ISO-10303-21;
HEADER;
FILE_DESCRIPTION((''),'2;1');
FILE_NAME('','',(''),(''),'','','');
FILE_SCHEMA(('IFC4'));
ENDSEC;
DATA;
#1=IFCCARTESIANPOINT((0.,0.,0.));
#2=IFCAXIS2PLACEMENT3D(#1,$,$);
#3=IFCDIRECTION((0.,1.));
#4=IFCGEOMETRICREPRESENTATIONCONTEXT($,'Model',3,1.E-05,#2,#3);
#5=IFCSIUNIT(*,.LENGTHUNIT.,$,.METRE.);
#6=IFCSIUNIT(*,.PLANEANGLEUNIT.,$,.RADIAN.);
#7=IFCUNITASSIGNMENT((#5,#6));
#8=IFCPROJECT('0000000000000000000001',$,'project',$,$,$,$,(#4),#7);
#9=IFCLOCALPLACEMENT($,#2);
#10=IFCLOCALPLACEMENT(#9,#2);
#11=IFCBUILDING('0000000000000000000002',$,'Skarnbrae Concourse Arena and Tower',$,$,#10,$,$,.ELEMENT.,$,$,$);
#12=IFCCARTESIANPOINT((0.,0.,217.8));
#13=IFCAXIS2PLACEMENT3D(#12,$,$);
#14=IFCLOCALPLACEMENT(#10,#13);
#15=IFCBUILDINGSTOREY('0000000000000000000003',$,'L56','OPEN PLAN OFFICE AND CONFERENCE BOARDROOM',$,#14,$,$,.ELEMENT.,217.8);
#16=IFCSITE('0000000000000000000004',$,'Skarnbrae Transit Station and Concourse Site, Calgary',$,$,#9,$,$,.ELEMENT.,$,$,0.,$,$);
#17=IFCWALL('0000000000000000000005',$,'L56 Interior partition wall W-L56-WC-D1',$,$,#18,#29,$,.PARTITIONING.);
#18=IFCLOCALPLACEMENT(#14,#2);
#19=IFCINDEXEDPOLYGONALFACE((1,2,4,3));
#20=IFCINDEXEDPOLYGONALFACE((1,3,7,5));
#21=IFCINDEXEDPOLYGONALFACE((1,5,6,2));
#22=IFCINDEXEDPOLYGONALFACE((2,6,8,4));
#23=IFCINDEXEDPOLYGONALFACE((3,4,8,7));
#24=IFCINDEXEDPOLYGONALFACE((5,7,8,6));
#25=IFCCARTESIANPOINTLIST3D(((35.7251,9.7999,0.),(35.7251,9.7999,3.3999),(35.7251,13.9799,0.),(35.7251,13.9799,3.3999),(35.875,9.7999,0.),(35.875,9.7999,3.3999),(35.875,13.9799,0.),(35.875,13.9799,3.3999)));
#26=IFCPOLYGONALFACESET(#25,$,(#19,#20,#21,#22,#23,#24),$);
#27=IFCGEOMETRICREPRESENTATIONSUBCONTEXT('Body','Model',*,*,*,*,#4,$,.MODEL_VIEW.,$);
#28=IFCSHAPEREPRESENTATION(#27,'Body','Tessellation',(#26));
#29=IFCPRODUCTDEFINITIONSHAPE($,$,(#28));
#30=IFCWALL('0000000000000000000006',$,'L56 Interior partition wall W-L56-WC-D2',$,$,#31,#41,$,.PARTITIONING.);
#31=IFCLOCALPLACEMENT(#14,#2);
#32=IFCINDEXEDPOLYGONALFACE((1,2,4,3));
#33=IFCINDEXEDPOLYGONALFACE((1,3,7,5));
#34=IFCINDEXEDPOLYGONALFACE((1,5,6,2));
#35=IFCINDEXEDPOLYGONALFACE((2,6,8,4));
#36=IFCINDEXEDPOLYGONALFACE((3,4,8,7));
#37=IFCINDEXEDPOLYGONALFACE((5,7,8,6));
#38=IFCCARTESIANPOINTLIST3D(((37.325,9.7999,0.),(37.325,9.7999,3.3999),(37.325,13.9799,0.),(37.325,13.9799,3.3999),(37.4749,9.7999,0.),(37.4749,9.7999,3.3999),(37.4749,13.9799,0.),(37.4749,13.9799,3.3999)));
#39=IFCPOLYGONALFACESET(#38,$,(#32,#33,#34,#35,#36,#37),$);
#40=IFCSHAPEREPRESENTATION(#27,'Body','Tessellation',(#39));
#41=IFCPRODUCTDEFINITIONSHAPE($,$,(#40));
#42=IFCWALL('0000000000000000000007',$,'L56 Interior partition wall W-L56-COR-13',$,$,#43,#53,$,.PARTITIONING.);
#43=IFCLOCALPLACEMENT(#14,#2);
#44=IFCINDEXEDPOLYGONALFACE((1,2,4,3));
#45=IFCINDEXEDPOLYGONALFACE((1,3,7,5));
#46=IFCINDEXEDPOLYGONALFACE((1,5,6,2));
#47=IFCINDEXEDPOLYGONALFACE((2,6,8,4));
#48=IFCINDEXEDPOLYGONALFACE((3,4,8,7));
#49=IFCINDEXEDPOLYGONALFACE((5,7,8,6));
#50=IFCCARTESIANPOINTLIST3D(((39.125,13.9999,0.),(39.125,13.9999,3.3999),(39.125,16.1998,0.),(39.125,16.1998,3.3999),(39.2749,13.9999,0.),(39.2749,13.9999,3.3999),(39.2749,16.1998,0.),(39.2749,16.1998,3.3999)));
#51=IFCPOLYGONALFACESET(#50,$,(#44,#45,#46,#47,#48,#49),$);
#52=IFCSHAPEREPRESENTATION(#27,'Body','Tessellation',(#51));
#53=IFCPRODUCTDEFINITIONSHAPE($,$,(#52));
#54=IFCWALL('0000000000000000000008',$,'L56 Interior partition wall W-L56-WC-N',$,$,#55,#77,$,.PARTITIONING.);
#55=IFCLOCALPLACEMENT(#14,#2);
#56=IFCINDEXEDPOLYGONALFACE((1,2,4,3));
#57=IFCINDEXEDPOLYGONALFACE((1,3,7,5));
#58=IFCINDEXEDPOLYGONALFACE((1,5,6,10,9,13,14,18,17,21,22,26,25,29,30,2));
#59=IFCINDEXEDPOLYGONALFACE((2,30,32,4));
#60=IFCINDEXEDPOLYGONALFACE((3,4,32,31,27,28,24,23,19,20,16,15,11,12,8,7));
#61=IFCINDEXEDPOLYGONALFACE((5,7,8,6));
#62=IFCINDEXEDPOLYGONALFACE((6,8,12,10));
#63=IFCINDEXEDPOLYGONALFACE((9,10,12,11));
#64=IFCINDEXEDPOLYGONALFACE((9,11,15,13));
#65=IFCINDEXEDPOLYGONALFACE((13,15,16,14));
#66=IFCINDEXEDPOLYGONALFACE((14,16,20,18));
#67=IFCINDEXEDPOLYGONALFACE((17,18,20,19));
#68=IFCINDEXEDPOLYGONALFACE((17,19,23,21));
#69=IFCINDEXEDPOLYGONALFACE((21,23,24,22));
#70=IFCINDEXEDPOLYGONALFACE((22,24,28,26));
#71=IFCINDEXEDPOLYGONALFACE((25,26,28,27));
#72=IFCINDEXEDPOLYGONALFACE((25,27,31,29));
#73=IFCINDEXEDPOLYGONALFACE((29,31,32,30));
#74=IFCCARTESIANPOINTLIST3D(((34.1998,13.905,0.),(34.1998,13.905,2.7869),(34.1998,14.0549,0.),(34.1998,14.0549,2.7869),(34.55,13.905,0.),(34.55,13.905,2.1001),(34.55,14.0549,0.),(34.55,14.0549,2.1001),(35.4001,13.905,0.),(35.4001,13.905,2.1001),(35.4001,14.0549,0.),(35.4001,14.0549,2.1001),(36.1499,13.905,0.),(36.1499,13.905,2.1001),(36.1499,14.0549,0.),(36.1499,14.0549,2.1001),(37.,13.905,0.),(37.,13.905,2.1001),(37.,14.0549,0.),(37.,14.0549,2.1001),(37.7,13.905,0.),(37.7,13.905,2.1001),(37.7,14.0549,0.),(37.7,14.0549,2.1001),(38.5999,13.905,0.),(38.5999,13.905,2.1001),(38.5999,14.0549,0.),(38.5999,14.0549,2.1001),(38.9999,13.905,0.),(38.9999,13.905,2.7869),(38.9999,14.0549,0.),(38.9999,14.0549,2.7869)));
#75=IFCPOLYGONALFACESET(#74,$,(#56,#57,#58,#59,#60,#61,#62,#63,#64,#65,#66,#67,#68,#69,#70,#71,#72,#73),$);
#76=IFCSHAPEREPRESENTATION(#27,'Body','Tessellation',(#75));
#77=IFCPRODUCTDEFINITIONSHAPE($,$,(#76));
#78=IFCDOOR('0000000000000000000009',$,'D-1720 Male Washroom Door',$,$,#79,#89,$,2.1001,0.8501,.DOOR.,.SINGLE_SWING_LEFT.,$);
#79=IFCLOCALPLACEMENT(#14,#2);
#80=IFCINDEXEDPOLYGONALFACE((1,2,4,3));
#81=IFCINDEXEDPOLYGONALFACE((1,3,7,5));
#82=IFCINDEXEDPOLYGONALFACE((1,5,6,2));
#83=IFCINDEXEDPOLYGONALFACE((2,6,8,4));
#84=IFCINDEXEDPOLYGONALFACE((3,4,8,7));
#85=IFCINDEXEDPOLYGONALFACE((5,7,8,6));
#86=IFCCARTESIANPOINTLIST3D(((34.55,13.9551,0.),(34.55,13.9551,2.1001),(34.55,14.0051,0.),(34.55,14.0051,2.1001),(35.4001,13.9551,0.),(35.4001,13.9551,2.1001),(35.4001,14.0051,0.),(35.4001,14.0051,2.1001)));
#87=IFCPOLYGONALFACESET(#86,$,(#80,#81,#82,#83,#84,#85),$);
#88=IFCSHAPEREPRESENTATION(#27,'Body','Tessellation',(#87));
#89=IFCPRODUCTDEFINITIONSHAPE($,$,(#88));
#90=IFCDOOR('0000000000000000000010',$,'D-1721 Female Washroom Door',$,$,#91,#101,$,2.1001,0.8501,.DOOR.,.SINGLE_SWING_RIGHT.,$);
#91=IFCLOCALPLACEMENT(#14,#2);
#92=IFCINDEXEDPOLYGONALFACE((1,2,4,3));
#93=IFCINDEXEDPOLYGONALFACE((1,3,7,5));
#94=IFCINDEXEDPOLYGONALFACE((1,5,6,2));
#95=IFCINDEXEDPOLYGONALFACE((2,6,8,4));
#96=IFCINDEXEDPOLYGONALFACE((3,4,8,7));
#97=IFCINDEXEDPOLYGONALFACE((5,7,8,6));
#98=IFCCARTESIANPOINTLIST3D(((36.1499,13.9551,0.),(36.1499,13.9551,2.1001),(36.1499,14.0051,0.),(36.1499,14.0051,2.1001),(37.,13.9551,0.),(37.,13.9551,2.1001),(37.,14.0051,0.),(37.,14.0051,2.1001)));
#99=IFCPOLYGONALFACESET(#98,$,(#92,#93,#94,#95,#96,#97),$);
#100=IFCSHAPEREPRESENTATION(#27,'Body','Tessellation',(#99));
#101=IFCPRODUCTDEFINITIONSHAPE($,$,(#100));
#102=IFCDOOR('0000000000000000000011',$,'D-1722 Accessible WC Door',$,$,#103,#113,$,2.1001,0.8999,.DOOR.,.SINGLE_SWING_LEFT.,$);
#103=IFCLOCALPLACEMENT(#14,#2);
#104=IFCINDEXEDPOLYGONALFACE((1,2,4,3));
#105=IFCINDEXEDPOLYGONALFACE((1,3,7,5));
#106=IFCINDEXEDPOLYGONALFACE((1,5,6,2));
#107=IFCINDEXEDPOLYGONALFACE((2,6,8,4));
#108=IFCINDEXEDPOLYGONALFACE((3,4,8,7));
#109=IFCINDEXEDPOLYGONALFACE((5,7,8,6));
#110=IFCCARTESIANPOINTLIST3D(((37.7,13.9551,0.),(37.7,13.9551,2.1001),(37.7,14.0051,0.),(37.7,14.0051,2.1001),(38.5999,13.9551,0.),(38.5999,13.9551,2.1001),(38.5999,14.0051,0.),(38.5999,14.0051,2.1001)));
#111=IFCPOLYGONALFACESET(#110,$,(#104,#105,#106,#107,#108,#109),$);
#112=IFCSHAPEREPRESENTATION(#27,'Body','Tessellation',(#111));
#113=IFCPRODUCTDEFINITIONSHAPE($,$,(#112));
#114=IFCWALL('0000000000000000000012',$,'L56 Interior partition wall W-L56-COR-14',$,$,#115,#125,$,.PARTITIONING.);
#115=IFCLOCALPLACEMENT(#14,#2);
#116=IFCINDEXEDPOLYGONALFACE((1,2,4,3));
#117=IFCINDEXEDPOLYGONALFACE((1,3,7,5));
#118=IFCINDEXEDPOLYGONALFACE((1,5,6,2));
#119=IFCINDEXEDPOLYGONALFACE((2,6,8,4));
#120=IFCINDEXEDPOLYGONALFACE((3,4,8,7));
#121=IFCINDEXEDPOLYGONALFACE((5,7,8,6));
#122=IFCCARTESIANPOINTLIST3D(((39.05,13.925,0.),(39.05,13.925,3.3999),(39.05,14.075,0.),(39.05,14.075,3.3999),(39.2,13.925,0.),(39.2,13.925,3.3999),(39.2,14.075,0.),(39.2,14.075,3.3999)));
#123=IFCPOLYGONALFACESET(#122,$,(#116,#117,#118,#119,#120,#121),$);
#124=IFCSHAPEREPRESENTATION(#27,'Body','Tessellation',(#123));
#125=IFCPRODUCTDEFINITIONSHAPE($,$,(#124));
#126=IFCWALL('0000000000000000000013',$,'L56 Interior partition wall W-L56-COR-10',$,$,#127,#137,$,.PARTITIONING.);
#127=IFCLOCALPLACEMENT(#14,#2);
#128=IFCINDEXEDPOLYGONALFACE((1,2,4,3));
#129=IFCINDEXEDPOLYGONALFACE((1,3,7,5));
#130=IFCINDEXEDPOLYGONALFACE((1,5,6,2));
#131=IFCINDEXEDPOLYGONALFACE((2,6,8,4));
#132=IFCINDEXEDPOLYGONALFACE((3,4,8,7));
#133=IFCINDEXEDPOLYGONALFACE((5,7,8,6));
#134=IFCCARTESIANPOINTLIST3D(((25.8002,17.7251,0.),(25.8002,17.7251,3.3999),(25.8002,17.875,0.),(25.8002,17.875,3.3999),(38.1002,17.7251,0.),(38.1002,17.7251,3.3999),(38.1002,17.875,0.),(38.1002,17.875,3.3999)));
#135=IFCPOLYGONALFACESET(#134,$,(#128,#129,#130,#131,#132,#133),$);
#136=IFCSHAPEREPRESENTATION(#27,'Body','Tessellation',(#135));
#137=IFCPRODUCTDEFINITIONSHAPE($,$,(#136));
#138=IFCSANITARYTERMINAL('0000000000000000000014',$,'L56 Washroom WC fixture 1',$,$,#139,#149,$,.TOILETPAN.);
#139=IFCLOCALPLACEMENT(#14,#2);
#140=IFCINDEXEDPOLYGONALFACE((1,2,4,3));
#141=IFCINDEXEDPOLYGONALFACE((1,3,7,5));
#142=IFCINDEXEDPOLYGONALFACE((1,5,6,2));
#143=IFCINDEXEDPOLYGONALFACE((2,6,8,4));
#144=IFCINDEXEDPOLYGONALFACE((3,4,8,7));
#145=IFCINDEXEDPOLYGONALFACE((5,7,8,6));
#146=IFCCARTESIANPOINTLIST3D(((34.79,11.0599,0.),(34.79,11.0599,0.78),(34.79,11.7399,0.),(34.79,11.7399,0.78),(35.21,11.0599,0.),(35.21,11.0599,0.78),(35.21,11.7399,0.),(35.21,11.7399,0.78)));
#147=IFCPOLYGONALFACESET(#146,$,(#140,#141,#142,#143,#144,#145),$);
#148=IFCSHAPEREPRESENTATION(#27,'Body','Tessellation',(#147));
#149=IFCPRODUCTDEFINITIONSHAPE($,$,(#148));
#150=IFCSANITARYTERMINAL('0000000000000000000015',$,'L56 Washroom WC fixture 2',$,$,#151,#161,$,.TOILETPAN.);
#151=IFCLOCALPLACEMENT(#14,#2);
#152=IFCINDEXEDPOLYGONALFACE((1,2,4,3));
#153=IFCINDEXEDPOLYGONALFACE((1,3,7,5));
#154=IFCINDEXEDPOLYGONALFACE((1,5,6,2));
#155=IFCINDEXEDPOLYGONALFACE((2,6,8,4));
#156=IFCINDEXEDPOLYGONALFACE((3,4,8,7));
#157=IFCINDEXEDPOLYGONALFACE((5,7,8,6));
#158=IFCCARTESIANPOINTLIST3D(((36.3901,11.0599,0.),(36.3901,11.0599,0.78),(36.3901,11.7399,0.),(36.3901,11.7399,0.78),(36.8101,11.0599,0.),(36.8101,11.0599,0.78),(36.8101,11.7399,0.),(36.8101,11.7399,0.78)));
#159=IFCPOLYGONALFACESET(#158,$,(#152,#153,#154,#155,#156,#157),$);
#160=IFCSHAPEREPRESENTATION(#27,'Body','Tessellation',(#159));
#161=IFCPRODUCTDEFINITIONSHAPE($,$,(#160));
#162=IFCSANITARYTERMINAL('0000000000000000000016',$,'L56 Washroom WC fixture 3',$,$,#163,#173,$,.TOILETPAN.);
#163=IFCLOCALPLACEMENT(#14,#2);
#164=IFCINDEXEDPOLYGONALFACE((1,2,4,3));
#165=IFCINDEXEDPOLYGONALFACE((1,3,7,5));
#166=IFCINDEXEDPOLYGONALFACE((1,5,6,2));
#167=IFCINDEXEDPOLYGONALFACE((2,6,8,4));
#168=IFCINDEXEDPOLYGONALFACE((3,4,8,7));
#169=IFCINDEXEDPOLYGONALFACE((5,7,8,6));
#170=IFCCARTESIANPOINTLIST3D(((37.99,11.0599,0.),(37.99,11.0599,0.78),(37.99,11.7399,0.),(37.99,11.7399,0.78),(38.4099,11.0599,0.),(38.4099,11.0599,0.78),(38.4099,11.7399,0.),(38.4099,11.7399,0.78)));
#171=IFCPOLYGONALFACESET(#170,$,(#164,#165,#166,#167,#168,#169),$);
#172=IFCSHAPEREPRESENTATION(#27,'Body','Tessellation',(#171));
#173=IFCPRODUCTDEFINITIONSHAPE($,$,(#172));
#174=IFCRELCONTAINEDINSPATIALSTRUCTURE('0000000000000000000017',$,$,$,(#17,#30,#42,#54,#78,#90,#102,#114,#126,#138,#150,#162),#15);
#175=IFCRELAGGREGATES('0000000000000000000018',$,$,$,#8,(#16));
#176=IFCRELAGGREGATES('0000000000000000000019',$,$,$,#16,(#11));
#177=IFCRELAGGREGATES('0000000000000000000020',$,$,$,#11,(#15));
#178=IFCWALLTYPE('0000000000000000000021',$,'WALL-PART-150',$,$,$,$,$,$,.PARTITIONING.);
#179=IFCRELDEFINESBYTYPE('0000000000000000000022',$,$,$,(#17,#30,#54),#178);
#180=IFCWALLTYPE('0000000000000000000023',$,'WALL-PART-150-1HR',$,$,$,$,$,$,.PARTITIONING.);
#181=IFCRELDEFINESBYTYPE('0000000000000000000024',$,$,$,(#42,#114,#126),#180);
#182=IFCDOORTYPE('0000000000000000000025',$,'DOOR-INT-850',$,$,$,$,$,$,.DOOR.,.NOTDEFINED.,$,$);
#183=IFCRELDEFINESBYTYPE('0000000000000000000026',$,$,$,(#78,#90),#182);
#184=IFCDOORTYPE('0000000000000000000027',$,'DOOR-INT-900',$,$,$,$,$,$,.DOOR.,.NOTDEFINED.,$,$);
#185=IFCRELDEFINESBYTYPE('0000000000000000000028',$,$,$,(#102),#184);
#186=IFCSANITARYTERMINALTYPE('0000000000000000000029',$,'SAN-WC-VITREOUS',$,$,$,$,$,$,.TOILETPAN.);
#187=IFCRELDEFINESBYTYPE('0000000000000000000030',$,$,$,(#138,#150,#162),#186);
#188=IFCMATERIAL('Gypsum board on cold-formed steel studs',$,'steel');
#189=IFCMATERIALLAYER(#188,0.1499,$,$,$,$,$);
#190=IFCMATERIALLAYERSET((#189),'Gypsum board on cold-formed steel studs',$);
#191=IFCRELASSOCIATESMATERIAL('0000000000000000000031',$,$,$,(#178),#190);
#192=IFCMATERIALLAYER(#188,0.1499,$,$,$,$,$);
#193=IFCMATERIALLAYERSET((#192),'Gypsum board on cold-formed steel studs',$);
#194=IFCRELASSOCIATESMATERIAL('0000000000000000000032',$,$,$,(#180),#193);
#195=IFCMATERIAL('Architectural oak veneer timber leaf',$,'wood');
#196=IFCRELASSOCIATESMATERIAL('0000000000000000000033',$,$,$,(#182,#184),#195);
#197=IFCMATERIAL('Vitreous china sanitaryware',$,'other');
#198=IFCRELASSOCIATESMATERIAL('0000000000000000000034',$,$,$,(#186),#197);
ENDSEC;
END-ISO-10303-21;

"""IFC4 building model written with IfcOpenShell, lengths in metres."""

from ifc_helpers import new_model, si_unit, direction, frame, frame_2d, origin, origin_2d, place, context, subcontext, project, spatial, rectangle, extrude, source, transform, mapped, material, layer, layer_set, type_object, element, fill, save


model = new_model("IFC4")

# Units and contexts
model_context = context("Model", 3, precision=1e-05, world=origin(), true_north=direction((0.0, 1.0)))
body_context = subcontext(model_context, "Body", "Model", "MODEL_VIEW")
ifc_project = project(units=[si_unit("LENGTHUNIT", "METRE"), si_unit("PLANEANGLEUNIT", "RADIAN")], contexts=[model_context])

# Site, building, storey
site_placement = place(None, origin())
site = spatial("IfcSite", under=ifc_project, at=site_placement, Name="Skarnbrae Transit Station and Concourse Site, Calgary", CompositionType="ELEMENT", RefElevation=0.0)
building_placement = place(site_placement, origin())
building = spatial("IfcBuilding", under=site, at=building_placement, Name="Skarnbrae Concourse Arena and Tower", CompositionType="ELEMENT")
storey_placement = place(building_placement, frame((0.0, 0.0, 217.8)))
storey = spatial("IfcBuildingStorey", under=building, at=storey_placement, Name="L56", Description="OPEN PLAN OFFICE AND CONFERENCE BOARDROOM", CompositionType="ELEMENT", Elevation=217.8)

# Walls
ifc_material_1 = material(Name="Gypsum board on cold-formed steel studs", Category="steel")
ifc_layer_1 = layer(ifc_material_1, 0.1499)
ifc_layer_set_1 = layer_set([ifc_layer_1], Name="Gypsum board on cold-formed steel studs")
wall_type_1 = type_object("IfcWallType", Name="WALL-PART-150", PredefinedType="PARTITIONING", material=ifc_layer_set_1)
shared_shape_1 = source(origin(), body_context, "Body", "SweptSolid", [
    extrude(rectangle(XDim=4.1799, YDim=0.1499, at=frame_2d((2.0898, 0.0))), origin(), (0.0, 0.0, 1.0), 3.3999),
])
for number, where, z_axis, x_axis, name in (
    (1, (35.8, 9.8, 0.0), (0.0, 0.0, 1.0), (0.0, 1.0, 0.0), "L56 Interior partition wall W-L56-WC-D1"),
    (2, (37.3999, 9.8, 0.0), (0.0, 0.0, 1.0), (0.0, 1.0, 0.0), "L56 Interior partition wall W-L56-WC-D2"),
):
    element("IfcWall", number, at=place(storey_placement, frame(where, z_axis=z_axis, x_axis=x_axis)), inside=storey, type_object=wall_type_1, Name=name, PredefinedType="PARTITIONING", context=body_context, shape_type="MappedRepresentation", body=[
        mapped(shared_shape_1, transform((0.0, 0.0, 0.0))),
    ])
ifc_layer_2 = layer(ifc_material_1, 0.1499)
ifc_layer_set_2 = layer_set([ifc_layer_2], Name="Gypsum board on cold-formed steel studs")
wall_type_2 = type_object("IfcWallType", Name="WALL-PART-150-1HR", PredefinedType="PARTITIONING", material=ifc_layer_set_2)
shared_shape_2 = source(origin(), body_context, "Body", "SweptSolid", [
    extrude(rectangle(XDim=2.2, YDim=0.1499, at=frame_2d((1.1001, 0.0))), origin(), (0.0, 0.0, 1.0), 3.3999),
])
wall_1_placement = place(storey_placement, frame((39.2, 16.2, 0.0), z_axis=(0.0, 0.0, 1.0), x_axis=(0.0, -1.0, 0.0)))
element("IfcWall", 3, at=wall_1_placement, inside=storey, type_object=wall_type_2, Name="L56 Interior partition wall W-L56-COR-13", PredefinedType="PARTITIONING", context=body_context, shape_type="MappedRepresentation", body=[
    mapped(shared_shape_2, transform((0.0, 0.0, 0.0))),
])

# Wall, openings, doors
shared_shape_3 = source(origin(), body_context, "Body", "SweptSolid", [
    extrude(rectangle(XDim=4.8, YDim=0.1499, at=frame_2d((2.3999, 0.0))), origin(), (0.0, 0.0, 1.0), 2.7869),
])
wall_2_placement = place(storey_placement, frame((34.2, 13.98, 0.0), z_axis=(0.0, 0.0, 1.0), x_axis=(1.0, 0.0, 0.0)))
wall_2 = element("IfcWall", 4, at=wall_2_placement, inside=storey, type_object=wall_type_1, Name="L56 Interior partition wall W-L56-WC-N", PredefinedType="PARTITIONING", context=body_context, shape_type="MappedRepresentation", body=[
    mapped(shared_shape_3, transform((0.0, 0.0, 0.0))),
])
opening_1_placement = place(wall_2_placement, frame((0.3501, 0.0, 0.0)))
opening_1 = element("IfcOpeningElement", 5, at=opening_1_placement, cuts=wall_2, PredefinedType="OPENING", context=body_context, shape_type="SweptSolid", body=[
    extrude(rectangle(XDim=0.8501, YDim=2.1001, at=frame_2d((0.425, 1.05))), frame((0.0, 0.085, 0.0), z_axis=(0.0, -1.0, 0.0), x_axis=(1.0, 0.0, 0.0)), (0.0, 0.0, 1.0), 0.1699),
])
opening_2_placement = place(wall_2_placement, frame((1.95, 0.0, 0.0)))
opening_2 = element("IfcOpeningElement", 6, at=opening_2_placement, cuts=wall_2, PredefinedType="OPENING", context=body_context, shape_type="SweptSolid", body=[
    extrude(rectangle(XDim=0.8501, YDim=2.1001, at=frame_2d((0.425, 1.05))), frame((0.0, 0.085, 0.0), z_axis=(0.0, -1.0, 0.0), x_axis=(1.0, 0.0, 0.0)), (0.0, 0.0, 1.0), 0.1699),
])
opening_3_placement = place(wall_2_placement, frame((3.5, 0.0, 0.0)))
opening_3 = element("IfcOpeningElement", 7, at=opening_3_placement, cuts=wall_2, PredefinedType="OPENING", context=body_context, shape_type="SweptSolid", body=[
    extrude(rectangle(XDim=0.8999, YDim=2.1001, at=frame_2d((0.45, 1.05))), frame((0.0, 0.085, 0.0), z_axis=(0.0, -1.0, 0.0), x_axis=(1.0, 0.0, 0.0)), (0.0, 0.0, 1.0), 0.1699),
])
ifc_material_2 = material(Name="Architectural oak veneer timber leaf", Category="wood")
door_type_1 = type_object("IfcDoorType", Name="DOOR-INT-850", OperationType="NOTDEFINED", PredefinedType="DOOR", material=ifc_material_2)
shared_shape_4 = source(origin(), body_context, "Body", "SweptSolid", [
    extrude(rectangle(XDim=0.8501, YDim=2.1001, at=frame_2d((0.425, 1.05))), frame((0.0, 0.0249, 0.0), z_axis=(0.0, -1.0, 0.0), x_axis=(1.0, 0.0, 0.0)), (0.0, 0.0, 1.0), 0.05),
])
door_1_placement = place(opening_1_placement, frame((0.8501, 0.0, 0.0), z_axis=(0.0, 0.0, 1.0), x_axis=(-1.0, 0.0, 0.0)))
door_1 = element("IfcDoor", 8, at=door_1_placement, inside=storey, type_object=door_type_1, Name="D-1720 Male Washroom Door", OperationType="SINGLE_SWING_LEFT", OverallHeight=2.1001, OverallWidth=0.8501, PredefinedType="DOOR", context=body_context, shape_type="MappedRepresentation", body=[
    mapped(shared_shape_4, transform((0.0, 0.0, 0.0))),
])
fill(opening_1, door_1)
door_2_placement = place(opening_2_placement, frame((0.8501, 0.0, 0.0), z_axis=(0.0, 0.0, 1.0), x_axis=(-1.0, 0.0, 0.0)))
door_2 = element("IfcDoor", 9, at=door_2_placement, inside=storey, type_object=door_type_1, Name="D-1721 Female Washroom Door", OperationType="SINGLE_SWING_RIGHT", OverallHeight=2.1001, OverallWidth=0.8501, PredefinedType="DOOR", context=body_context, shape_type="MappedRepresentation", body=[
    mapped(shared_shape_4, transform((0.0, 0.0, 0.0))),
])
fill(opening_2, door_2)
door_type_2 = type_object("IfcDoorType", Name="DOOR-INT-900", OperationType="NOTDEFINED", PredefinedType="DOOR", material=ifc_material_2)
shared_shape_5 = source(origin(), body_context, "Body", "SweptSolid", [
    extrude(rectangle(XDim=0.8999, YDim=2.1001, at=frame_2d((0.45, 1.05))), frame((0.0, 0.0249, 0.0), z_axis=(0.0, -1.0, 0.0), x_axis=(1.0, 0.0, 0.0)), (0.0, 0.0, 1.0), 0.05),
])
door_3_placement = place(opening_3_placement, frame((0.8999, 0.0, 0.0), z_axis=(0.0, 0.0, 1.0), x_axis=(-1.0, 0.0, 0.0)))
door_3 = element("IfcDoor", 10, at=door_3_placement, inside=storey, type_object=door_type_2, Name="D-1722 Accessible WC Door", OperationType="SINGLE_SWING_LEFT", OverallHeight=2.1001, OverallWidth=0.8999, PredefinedType="DOOR", context=body_context, shape_type="MappedRepresentation", body=[
    mapped(shared_shape_5, transform((0.0, 0.0, 0.0))),
])
fill(opening_3, door_3)

# Walls
shared_shape_6 = source(origin(), body_context, "Body", "SweptSolid", [
    extrude(rectangle(XDim=0.1499, YDim=0.1499, at=frame_2d((0.075, 0.0))), origin(), (0.0, 0.0, 1.0), 3.3999),
])
wall_3_placement = place(storey_placement, frame((39.2, 14.0, 0.0), z_axis=(0.0, 0.0, 1.0), x_axis=(-1.0, 0.0, 0.0)))
element("IfcWall", 11, at=wall_3_placement, inside=storey, type_object=wall_type_2, Name="L56 Interior partition wall W-L56-COR-14", PredefinedType="PARTITIONING", context=body_context, shape_type="MappedRepresentation", body=[
    mapped(shared_shape_6, transform((0.0, 0.0, 0.0))),
])
shared_shape_7 = source(origin(), body_context, "Body", "SweptSolid", [
    extrude(rectangle(XDim=12.3, YDim=0.1499, at=frame_2d((6.1499, 0.0))), origin(), (0.0, 0.0, 1.0), 3.3999),
])
wall_4_placement = place(storey_placement, frame((38.1001, 17.8, 0.0), z_axis=(0.0, 0.0, 1.0), x_axis=(-1.0, 0.0, 0.0)))
element("IfcWall", 12, at=wall_4_placement, inside=storey, type_object=wall_type_2, Name="L56 Interior partition wall W-L56-COR-10", PredefinedType="PARTITIONING", context=body_context, shape_type="MappedRepresentation", body=[
    mapped(shared_shape_7, transform((0.0, 0.0, 0.0))),
])

# Sanitary terminals
ifc_material_3 = material(Name="Vitreous china sanitaryware", Category="other")
sanitary_terminal_type = type_object("IfcSanitaryTerminalType", Name="SAN-WC-VITREOUS", PredefinedType="TOILETPAN", material=ifc_material_3)
shared_shape_8 = source(origin(), body_context, "Body", "SweptSolid", [
    extrude(rectangle(XDim=0.4199, YDim=0.6799, at=origin_2d()), origin(), (0.0, 0.0, 1.0), 0.78),
])
for number, where, z_axis, x_axis, name in (
    (13, (35.0, 11.3999, 0.0), (0.0, 0.0, 1.0), (1.0, 0.0, 0.0), "L56 Washroom WC fixture 1"),
    (14, (36.6001, 11.3999, 0.0), (0.0, 0.0, 1.0), (1.0, 0.0, 0.0), "L56 Washroom WC fixture 2"),
    (15, (38.2, 11.3999, 0.0), (0.0, 0.0, 1.0), (1.0, 0.0, 0.0), "L56 Washroom WC fixture 3"),
):
    element("IfcSanitaryTerminal", number, at=place(storey_placement, frame(where, z_axis=z_axis, x_axis=x_axis)), inside=storey, type_object=sanitary_terminal_type, Name=name, PredefinedType="TOILETPAN", context=body_context, shape_type="MappedRepresentation", body=[
        mapped(shared_shape_8, transform((0.0, 0.0, 0.0))),
    ])

save(model, "model.ifc")
